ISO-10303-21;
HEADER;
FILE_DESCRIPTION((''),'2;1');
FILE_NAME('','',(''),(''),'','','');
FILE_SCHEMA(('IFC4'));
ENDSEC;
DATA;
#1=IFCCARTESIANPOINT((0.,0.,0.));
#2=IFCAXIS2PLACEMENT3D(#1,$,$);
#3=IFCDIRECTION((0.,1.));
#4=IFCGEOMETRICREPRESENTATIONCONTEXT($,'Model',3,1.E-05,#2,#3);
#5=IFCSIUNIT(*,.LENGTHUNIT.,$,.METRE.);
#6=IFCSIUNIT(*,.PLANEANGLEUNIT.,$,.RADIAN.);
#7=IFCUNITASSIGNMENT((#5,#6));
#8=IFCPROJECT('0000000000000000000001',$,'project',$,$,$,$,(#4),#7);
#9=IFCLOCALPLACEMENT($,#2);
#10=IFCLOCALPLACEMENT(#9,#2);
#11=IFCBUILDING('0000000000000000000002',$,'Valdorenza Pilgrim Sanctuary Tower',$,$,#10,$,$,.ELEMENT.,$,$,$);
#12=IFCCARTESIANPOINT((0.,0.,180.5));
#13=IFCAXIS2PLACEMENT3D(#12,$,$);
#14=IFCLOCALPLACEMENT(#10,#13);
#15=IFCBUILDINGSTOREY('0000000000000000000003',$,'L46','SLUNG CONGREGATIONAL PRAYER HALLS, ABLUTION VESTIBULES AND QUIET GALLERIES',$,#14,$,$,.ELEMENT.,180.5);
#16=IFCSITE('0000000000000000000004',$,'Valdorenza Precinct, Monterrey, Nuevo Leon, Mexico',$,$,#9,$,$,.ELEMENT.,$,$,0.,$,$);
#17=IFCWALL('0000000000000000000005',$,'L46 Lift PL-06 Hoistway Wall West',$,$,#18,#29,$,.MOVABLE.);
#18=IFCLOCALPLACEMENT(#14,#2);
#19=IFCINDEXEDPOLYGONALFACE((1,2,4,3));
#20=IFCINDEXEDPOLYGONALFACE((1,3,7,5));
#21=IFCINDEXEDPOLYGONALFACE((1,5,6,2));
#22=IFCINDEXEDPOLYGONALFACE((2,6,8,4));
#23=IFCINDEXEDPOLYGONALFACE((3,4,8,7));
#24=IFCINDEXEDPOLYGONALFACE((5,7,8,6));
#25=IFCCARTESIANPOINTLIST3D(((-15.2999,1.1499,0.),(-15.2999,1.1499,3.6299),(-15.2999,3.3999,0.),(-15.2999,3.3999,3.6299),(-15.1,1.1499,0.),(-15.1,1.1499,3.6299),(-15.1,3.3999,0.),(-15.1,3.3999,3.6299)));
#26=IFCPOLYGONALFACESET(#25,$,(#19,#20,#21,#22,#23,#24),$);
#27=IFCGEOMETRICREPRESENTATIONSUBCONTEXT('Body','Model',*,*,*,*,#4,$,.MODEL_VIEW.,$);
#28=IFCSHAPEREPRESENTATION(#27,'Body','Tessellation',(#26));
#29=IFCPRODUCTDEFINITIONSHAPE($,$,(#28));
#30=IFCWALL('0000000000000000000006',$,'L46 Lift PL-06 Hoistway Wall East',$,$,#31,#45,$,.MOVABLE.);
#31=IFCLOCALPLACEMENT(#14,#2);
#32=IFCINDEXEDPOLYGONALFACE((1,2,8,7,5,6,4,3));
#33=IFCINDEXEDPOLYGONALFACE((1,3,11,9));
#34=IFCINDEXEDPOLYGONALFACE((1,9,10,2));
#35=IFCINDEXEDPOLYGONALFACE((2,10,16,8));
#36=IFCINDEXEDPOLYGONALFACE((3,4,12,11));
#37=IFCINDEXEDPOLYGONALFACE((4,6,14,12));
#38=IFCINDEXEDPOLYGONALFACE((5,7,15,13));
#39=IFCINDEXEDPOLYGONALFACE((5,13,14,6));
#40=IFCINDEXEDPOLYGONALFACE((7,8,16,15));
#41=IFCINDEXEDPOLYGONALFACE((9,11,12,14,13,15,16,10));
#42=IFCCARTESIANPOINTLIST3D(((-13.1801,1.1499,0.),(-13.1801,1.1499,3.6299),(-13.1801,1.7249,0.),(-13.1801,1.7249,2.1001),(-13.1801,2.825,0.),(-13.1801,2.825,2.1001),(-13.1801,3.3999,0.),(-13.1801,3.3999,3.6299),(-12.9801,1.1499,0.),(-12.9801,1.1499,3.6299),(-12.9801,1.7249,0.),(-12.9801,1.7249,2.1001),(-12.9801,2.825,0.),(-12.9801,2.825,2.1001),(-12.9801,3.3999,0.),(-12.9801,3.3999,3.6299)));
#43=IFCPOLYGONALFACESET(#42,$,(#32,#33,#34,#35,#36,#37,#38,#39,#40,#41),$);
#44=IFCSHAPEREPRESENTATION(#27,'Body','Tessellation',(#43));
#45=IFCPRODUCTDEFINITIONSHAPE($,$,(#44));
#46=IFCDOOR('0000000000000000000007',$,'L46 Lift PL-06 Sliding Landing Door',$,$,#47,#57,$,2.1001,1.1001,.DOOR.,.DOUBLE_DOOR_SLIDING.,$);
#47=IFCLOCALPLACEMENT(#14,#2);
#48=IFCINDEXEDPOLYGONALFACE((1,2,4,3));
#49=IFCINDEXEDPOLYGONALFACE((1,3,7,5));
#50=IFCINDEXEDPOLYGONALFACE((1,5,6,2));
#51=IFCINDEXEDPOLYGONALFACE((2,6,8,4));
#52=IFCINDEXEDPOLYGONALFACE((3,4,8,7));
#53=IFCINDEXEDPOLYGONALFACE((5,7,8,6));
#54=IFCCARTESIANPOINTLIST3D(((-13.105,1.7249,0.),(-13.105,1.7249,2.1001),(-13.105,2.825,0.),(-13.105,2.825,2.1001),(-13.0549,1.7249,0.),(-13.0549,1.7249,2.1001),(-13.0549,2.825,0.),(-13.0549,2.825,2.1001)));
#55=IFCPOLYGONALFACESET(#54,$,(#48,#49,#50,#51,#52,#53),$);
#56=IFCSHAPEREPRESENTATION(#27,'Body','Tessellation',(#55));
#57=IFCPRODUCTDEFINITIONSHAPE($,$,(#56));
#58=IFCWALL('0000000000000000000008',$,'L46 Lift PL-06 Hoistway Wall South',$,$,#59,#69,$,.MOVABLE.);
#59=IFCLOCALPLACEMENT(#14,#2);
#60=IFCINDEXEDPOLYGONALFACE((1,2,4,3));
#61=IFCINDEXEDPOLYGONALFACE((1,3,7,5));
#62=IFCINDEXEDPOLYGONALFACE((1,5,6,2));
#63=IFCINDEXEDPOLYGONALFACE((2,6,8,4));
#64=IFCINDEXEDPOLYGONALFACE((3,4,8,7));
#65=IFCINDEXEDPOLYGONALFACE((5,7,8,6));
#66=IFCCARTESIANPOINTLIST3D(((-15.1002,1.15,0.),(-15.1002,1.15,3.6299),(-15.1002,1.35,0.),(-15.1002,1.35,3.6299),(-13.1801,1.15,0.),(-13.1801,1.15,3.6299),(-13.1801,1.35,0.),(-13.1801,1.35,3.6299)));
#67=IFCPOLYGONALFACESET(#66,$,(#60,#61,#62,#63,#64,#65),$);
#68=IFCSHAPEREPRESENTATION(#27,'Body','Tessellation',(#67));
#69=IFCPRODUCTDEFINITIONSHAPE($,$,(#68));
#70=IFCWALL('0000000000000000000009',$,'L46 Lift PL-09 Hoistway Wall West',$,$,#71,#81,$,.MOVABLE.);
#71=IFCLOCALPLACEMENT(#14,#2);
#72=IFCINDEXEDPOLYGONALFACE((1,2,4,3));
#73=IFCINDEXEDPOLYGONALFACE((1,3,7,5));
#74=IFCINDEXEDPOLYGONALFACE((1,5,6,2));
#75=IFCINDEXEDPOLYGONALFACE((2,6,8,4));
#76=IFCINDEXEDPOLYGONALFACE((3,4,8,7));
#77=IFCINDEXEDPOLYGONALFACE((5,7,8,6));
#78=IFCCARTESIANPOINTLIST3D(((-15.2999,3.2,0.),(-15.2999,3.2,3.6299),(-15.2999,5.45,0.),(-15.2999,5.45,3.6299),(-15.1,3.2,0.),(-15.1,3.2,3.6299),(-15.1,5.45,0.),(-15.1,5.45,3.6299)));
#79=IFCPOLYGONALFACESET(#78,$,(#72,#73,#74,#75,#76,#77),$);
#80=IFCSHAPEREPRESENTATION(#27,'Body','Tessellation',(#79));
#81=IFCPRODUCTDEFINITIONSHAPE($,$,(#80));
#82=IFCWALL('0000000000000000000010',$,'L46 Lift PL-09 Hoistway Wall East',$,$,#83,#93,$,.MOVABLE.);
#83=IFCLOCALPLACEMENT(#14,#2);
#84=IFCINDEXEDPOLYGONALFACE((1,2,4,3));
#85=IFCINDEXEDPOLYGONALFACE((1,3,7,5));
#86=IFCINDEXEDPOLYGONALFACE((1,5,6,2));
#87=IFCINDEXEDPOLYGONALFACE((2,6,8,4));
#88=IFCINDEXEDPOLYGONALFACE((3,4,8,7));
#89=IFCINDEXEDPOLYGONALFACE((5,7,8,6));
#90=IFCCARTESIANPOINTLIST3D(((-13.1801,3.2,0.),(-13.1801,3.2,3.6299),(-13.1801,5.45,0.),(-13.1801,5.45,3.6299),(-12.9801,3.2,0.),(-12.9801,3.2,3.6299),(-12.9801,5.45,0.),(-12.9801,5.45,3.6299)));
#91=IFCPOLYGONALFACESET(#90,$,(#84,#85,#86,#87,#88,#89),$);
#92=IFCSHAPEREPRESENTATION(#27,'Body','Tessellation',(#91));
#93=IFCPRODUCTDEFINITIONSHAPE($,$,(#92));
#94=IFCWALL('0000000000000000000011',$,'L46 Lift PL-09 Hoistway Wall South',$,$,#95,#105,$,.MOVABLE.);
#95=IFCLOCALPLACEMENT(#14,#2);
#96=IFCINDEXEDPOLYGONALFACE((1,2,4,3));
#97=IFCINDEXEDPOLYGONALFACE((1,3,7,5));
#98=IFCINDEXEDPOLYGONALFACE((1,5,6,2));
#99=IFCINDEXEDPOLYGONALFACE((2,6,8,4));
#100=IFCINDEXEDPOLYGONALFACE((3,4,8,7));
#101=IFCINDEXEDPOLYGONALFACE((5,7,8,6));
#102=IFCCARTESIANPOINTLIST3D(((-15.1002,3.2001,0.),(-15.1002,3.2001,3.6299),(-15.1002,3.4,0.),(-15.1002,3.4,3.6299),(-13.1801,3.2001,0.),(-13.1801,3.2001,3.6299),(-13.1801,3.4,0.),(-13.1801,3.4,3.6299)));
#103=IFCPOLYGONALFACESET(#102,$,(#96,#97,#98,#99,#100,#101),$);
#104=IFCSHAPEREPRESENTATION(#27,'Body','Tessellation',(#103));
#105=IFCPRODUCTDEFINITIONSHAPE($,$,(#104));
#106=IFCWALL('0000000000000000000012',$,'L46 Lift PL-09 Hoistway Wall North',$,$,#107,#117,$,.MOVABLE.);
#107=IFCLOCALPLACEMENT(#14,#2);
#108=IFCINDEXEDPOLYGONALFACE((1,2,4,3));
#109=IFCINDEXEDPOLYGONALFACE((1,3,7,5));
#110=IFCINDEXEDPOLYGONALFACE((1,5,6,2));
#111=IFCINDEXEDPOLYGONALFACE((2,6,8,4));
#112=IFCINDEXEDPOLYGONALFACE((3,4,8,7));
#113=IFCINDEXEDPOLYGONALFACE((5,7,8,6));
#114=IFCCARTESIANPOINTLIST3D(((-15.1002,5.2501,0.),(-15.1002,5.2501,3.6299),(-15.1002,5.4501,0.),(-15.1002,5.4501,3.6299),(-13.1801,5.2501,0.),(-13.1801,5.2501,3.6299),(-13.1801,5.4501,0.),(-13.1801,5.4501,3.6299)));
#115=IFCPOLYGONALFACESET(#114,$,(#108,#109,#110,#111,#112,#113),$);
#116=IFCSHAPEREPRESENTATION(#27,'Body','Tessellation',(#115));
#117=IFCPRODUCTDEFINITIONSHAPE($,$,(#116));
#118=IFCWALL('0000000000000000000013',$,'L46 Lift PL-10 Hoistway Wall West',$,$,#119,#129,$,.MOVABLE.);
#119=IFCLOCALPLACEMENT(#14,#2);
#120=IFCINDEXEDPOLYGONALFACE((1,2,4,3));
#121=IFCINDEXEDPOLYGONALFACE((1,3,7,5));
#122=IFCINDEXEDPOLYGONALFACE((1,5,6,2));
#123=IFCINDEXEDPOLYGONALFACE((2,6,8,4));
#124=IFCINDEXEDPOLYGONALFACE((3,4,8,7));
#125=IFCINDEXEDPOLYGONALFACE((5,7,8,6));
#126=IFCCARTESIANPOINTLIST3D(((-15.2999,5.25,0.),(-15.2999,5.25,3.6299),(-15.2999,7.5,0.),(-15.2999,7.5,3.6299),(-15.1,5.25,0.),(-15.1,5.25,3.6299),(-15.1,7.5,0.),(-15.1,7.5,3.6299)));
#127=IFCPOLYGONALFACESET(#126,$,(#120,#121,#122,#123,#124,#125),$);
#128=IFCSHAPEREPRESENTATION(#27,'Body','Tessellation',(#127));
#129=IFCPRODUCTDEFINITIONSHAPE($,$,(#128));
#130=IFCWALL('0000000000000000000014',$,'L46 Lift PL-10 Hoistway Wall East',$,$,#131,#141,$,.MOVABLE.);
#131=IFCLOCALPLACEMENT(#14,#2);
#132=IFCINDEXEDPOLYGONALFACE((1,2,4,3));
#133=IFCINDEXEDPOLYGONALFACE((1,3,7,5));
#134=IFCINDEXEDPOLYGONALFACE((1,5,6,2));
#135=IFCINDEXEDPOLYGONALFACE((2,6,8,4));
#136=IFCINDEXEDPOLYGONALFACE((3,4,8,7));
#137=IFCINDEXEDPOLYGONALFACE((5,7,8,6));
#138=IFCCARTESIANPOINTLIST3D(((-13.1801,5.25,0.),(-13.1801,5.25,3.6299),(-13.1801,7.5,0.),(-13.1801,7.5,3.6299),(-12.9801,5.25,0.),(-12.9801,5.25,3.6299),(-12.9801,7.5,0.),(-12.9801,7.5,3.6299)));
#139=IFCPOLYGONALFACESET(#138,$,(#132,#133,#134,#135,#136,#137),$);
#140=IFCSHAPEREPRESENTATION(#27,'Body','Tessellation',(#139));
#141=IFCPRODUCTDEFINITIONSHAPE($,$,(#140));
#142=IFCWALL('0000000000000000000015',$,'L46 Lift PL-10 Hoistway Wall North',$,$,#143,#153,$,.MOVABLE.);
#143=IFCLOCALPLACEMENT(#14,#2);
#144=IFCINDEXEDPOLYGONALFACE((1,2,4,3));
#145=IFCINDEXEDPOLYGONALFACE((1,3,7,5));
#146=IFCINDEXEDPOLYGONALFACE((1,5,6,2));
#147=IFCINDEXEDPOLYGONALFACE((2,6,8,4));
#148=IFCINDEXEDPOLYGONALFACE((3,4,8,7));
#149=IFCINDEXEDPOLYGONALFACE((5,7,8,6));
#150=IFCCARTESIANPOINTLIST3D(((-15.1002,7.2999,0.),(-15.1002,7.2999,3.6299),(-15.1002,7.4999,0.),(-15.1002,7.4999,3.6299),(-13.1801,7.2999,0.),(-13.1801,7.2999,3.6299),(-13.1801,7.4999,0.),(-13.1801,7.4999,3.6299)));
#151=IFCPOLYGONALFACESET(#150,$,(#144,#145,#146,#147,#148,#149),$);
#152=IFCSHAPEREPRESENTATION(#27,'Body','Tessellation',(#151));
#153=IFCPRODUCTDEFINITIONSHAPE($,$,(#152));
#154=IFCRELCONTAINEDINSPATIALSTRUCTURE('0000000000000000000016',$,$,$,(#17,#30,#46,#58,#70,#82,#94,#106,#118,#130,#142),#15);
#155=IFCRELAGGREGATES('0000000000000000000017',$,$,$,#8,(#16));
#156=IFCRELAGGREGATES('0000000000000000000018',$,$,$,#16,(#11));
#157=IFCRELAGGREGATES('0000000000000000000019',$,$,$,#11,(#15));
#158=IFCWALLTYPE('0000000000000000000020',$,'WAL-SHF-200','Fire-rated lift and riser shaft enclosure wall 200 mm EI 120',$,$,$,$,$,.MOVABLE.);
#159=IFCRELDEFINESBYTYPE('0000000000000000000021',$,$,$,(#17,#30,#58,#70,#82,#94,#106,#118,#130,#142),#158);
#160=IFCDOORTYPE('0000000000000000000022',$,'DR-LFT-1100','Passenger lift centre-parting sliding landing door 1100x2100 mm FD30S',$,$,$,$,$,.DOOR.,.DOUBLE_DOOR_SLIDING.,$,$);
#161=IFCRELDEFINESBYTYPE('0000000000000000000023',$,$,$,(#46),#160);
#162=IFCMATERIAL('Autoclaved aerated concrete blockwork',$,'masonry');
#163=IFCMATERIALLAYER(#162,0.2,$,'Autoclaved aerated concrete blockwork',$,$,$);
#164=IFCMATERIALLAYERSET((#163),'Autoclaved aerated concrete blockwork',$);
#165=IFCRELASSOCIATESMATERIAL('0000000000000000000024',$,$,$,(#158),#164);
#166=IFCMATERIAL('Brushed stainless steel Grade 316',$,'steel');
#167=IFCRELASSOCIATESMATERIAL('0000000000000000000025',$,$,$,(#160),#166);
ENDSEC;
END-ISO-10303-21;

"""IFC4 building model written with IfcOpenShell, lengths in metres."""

from ifc_helpers import new_model, si_unit, direction, frame, frame_2d, origin, place, context, subcontext, project, spatial, rectangle, extrude, material, layer, layer_set, type_object, element, fill, save


model = new_model("IFC4")

# Units and contexts
model_context = context("Model", 3, precision=1e-05, world=origin(), true_north=direction((0.0, 1.0)))
body_context = subcontext(model_context, "Body", "Model", "MODEL_VIEW")
ifc_project = project(units=[si_unit("LENGTHUNIT", "METRE"), si_unit("PLANEANGLEUNIT", "RADIAN")], contexts=[model_context])

# Site, building, storey
site_placement = place(None, origin())
site = spatial("IfcSite", under=ifc_project, at=site_placement, Name="Valdorenza Precinct, Monterrey, Nuevo Leon, Mexico", CompositionType="ELEMENT", RefElevation=0.0)
building_placement = place(site_placement, origin())
building = spatial("IfcBuilding", under=site, at=building_placement, Name="Valdorenza Pilgrim Sanctuary Tower", CompositionType="ELEMENT")
storey_placement = place(building_placement, frame((0.0, 0.0, 180.5)))
storey = spatial("IfcBuildingStorey", under=building, at=storey_placement, Name="L46", Description="SLUNG CONGREGATIONAL PRAYER HALLS, ABLUTION VESTIBULES AND QUIET GALLERIES", CompositionType="ELEMENT", Elevation=180.5)

# Wall
ifc_material_1 = material(Name="Autoclaved aerated concrete blockwork", Category="masonry")
ifc_layer_1 = layer(ifc_material_1, 0.2, Name="Autoclaved aerated concrete blockwork")
ifc_layer_set_1 = layer_set([ifc_layer_1], Name="Autoclaved aerated concrete blockwork")
wall_type_1 = type_object("IfcWallType", Name="WAL-SHF-200", Description="Fire-rated lift and riser shaft enclosure wall 200 mm EI 120", PredefinedType="MOVABLE", material=ifc_layer_set_1)
wall_1_placement = place(storey_placement, frame((-15.2, 1.1499, 0.0), z_axis=(0.0, 0.0, 1.0), x_axis=(0.0, 1.0, 0.0)))
element("IfcWall", 1, at=wall_1_placement, inside=storey, type_object=wall_type_1, Name="L46 Lift PL-06 Hoistway Wall West", PredefinedType="MOVABLE", context=body_context, shape_type="SweptSolid", body=[
    extrude(rectangle(XDim=2.25, YDim=0.2, at=frame_2d((1.125, 0.0))), origin(), (0.0, 0.0, 1.0), 3.6299),
])

# Wall, opening, door
wall_2_placement = place(storey_placement, frame((-13.0801, 1.1499, 0.0), z_axis=(0.0, 0.0, 1.0), x_axis=(0.0, 1.0, 0.0)))
wall_2 = element("IfcWall", 2, at=wall_2_placement, inside=storey, type_object=wall_type_1, Name="L46 Lift PL-06 Hoistway Wall East", PredefinedType="MOVABLE", context=body_context, shape_type="SweptSolid", body=[
    extrude(rectangle(XDim=2.25, YDim=0.2, at=frame_2d((1.125, 0.0))), origin(), (0.0, 0.0, 1.0), 3.6299),
])
opening_1_placement = place(wall_2_placement, frame((0.575, 0.0, 0.0)))
opening_1 = element("IfcOpeningElement", 3, at=opening_1_placement, cuts=wall_2, PredefinedType="OPENING", context=body_context, shape_type="SweptSolid", body=[
    extrude(rectangle(XDim=1.1001, YDim=2.1001, at=frame_2d((0.55, 1.05))), frame((0.0, 0.1147, 0.0), z_axis=(0.0, -1.0, 0.0), x_axis=(1.0, 0.0, 0.0)), (0.0, 0.0, 1.0), 0.2297),
])
ifc_material_2 = material(Name="Brushed stainless steel Grade 316", Category="steel")
door_type_1 = type_object("IfcDoorType", Name="DR-LFT-1100", Description="Passenger lift centre-parting sliding landing door 1100x2100 mm FD30S", OperationType="DOUBLE_DOOR_SLIDING", PredefinedType="DOOR", material=ifc_material_2)
door_1_placement = place(opening_1_placement, origin())
door_1 = element("IfcDoor", 4, at=door_1_placement, inside=storey, type_object=door_type_1, Name="L46 Lift PL-06 Sliding Landing Door", OperationType="DOUBLE_DOOR_SLIDING", OverallHeight=2.1001, OverallWidth=1.1001, PredefinedType="DOOR", context=body_context, shape_type="SweptSolid", body=[
    extrude(rectangle(XDim=1.1001, YDim=2.1001, at=frame_2d((0.55, 1.05))), frame((0.0, 0.0249, 0.0), z_axis=(0.0, -1.0, 0.0), x_axis=(1.0, 0.0, 0.0)), (0.0, 0.0, 1.0), 0.05),
])
fill(opening_1, door_1)

# Walls
wall_3_placement = place(storey_placement, frame((-15.1001, 1.25, 0.0), z_axis=(0.0, 0.0, 1.0), x_axis=(1.0, 0.0, 0.0)))
element("IfcWall", 5, at=wall_3_placement, inside=storey, type_object=wall_type_1, Name="L46 Lift PL-06 Hoistway Wall South", PredefinedType="MOVABLE", context=body_context, shape_type="SweptSolid", body=[
    extrude(rectangle(XDim=1.9202, YDim=0.2, at=frame_2d((0.96, 0.0))), origin(), (0.0, 0.0, 1.0), 3.6299),
])
for number, where, z_axis, x_axis, name in (
    (6, (-15.2, 3.2, 0.0), (0.0, 0.0, 1.0), (0.0, 1.0, 0.0), "L46 Lift PL-09 Hoistway Wall West"),
    (7, (-13.0801, 3.2, 0.0), (0.0, 0.0, 1.0), (0.0, 1.0, 0.0), "L46 Lift PL-09 Hoistway Wall East"),
):
    element("IfcWall", number, at=place(storey_placement, frame(where, z_axis=z_axis, x_axis=x_axis)), inside=storey, type_object=wall_type_1, Name=name, PredefinedType="MOVABLE", context=body_context, shape_type="SweptSolid", body=[
        extrude(rectangle(XDim=2.25, YDim=0.2, at=frame_2d((1.125, 0.0))), origin(), (0.0, 0.0, 1.0), 3.6299),
    ])
for number, where, z_axis, x_axis, name in (
    (8, (-15.1001, 3.3, 0.0), (0.0, 0.0, 1.0), (1.0, 0.0, 0.0), "L46 Lift PL-09 Hoistway Wall South"),
    (9, (-15.1001, 5.3501, 0.0), (0.0, 0.0, 1.0), (1.0, 0.0, 0.0), "L46 Lift PL-09 Hoistway Wall North"),
):
    element("IfcWall", number, at=place(storey_placement, frame(where, z_axis=z_axis, x_axis=x_axis)), inside=storey, type_object=wall_type_1, Name=name, PredefinedType="MOVABLE", context=body_context, shape_type="SweptSolid", body=[
        extrude(rectangle(XDim=1.9202, YDim=0.2, at=frame_2d((0.96, 0.0))), origin(), (0.0, 0.0, 1.0), 3.6299),
    ])
for number, where, z_axis, x_axis, name in (
    (10, (-15.2, 5.25, 0.0), (0.0, 0.0, 1.0), (0.0, 1.0, 0.0), "L46 Lift PL-10 Hoistway Wall West"),
    (11, (-13.0801, 5.25, 0.0), (0.0, 0.0, 1.0), (0.0, 1.0, 0.0), "L46 Lift PL-10 Hoistway Wall East"),
):
    element("IfcWall", number, at=place(storey_placement, frame(where, z_axis=z_axis, x_axis=x_axis)), inside=storey, type_object=wall_type_1, Name=name, PredefinedType="MOVABLE", context=body_context, shape_type="SweptSolid", body=[
        extrude(rectangle(XDim=2.25, YDim=0.2, at=frame_2d((1.125, 0.0))), origin(), (0.0, 0.0, 1.0), 3.6299),
    ])
wall_4_placement = place(storey_placement, frame((-15.1001, 7.3999, 0.0), z_axis=(0.0, 0.0, 1.0), x_axis=(1.0, 0.0, 0.0)))
element("IfcWall", 12, at=wall_4_placement, inside=storey, type_object=wall_type_1, Name="L46 Lift PL-10 Hoistway Wall North", PredefinedType="MOVABLE", context=body_context, shape_type="SweptSolid", body=[
    extrude(rectangle(XDim=1.9202, YDim=0.2, at=frame_2d((0.96, 0.0))), origin(), (0.0, 0.0, 1.0), 3.6299),
])

save(model, "model.ifc")
